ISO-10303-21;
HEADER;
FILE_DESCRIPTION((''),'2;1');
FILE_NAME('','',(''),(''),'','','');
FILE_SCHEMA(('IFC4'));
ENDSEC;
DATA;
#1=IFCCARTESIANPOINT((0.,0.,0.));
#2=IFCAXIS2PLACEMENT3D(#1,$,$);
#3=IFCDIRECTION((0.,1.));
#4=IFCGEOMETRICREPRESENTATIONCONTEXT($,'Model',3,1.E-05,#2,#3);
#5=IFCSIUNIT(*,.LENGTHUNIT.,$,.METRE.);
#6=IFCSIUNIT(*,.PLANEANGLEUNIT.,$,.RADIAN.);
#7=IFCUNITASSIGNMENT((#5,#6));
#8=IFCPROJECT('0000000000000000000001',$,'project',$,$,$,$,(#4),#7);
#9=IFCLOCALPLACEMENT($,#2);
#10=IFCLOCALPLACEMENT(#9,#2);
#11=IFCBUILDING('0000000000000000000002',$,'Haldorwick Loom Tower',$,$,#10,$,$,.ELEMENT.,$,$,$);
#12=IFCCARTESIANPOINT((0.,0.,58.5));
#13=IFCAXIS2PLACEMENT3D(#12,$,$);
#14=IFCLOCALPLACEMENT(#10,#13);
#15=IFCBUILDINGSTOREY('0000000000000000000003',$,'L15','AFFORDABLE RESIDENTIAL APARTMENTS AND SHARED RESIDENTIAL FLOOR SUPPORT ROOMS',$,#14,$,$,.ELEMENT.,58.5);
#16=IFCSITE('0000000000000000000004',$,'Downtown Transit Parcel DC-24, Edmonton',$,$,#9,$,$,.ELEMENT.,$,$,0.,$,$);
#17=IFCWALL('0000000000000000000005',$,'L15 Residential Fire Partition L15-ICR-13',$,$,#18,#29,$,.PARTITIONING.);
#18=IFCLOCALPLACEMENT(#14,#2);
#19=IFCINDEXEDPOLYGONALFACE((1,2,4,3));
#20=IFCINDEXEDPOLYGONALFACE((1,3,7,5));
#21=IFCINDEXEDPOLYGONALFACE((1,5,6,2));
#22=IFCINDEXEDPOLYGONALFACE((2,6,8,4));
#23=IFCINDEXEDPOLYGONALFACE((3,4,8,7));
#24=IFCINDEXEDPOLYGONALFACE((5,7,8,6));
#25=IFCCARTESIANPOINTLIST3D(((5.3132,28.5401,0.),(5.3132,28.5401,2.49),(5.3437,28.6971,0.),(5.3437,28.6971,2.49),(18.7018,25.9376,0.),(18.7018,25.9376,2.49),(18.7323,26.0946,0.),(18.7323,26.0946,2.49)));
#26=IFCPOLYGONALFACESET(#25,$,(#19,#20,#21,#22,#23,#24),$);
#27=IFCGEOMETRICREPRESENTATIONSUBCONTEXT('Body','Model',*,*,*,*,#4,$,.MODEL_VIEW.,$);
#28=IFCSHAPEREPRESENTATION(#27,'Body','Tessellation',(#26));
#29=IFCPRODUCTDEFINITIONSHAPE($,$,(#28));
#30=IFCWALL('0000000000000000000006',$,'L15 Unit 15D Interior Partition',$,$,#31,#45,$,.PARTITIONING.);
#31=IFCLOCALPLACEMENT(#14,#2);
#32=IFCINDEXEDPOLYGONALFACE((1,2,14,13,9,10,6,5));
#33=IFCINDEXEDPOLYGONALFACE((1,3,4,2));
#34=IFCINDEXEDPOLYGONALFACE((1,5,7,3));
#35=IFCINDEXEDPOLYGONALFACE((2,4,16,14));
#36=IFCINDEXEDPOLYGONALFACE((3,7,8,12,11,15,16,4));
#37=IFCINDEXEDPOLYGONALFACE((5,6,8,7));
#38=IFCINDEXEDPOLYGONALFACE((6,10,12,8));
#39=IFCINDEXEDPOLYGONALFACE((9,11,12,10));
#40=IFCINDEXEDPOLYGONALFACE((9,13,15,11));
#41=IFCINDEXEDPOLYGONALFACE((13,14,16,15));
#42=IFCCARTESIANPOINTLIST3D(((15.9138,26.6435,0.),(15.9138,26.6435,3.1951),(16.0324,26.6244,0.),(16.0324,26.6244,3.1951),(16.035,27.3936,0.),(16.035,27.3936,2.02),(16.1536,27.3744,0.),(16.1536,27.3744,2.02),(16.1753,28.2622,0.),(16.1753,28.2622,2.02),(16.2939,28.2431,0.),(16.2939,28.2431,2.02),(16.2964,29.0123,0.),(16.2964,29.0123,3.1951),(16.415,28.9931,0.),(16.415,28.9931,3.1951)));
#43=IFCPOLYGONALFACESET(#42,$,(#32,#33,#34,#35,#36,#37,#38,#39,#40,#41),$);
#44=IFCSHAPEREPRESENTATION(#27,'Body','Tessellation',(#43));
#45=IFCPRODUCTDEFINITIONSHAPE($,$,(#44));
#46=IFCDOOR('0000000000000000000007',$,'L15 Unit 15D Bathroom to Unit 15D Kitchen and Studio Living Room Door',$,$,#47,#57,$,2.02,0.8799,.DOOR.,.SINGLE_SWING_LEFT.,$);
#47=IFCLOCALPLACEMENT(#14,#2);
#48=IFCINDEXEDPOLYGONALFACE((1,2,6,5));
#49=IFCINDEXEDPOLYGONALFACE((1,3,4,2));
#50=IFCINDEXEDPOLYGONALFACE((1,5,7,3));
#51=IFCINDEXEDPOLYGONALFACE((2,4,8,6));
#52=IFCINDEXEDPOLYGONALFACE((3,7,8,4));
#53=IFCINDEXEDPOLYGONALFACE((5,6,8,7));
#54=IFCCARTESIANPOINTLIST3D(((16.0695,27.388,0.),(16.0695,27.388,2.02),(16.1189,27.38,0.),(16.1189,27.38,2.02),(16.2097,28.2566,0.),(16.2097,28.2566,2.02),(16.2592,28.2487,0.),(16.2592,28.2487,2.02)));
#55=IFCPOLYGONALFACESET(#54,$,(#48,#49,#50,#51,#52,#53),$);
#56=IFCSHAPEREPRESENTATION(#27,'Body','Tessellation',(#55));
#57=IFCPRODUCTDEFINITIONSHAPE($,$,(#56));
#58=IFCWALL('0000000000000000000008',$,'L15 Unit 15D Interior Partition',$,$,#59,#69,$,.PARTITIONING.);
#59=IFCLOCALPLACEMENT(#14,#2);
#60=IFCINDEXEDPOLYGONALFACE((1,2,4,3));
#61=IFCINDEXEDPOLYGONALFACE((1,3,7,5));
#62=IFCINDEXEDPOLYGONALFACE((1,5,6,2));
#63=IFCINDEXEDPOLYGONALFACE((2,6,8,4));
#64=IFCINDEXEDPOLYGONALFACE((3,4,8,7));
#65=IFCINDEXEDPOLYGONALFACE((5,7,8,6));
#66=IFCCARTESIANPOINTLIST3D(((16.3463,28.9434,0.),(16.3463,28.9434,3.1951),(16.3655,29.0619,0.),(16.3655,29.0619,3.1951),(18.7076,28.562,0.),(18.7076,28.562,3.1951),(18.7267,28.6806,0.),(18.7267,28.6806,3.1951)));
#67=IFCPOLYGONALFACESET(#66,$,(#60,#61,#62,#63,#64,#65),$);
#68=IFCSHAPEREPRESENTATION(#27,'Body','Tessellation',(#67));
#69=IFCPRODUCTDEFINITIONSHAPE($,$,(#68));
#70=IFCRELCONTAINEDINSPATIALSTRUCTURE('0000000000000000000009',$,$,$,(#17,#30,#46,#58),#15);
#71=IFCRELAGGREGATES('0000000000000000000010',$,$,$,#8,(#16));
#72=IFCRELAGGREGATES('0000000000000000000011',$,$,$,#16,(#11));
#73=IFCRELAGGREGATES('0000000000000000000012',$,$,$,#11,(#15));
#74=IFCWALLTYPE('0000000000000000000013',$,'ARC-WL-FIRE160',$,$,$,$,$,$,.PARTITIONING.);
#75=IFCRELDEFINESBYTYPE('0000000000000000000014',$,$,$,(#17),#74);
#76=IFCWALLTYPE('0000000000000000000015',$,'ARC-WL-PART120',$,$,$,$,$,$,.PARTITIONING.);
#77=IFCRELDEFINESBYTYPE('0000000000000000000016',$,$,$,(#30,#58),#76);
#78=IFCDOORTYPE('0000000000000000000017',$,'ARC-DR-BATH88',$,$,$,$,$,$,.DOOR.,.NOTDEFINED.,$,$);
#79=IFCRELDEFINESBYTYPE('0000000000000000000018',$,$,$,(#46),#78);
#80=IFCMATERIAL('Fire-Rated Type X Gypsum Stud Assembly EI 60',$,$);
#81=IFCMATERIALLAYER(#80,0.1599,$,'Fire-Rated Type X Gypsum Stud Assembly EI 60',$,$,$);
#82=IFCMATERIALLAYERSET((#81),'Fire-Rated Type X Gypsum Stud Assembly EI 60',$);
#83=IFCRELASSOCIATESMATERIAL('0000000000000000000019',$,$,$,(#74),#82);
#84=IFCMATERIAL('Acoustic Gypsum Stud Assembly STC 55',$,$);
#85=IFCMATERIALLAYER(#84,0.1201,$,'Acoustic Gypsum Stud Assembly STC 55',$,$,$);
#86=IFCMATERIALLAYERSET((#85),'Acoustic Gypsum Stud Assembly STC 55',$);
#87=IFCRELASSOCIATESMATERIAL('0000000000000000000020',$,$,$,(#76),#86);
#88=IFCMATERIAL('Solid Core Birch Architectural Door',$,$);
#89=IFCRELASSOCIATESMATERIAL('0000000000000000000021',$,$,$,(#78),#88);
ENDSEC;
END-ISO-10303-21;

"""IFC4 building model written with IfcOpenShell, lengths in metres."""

from ifc_helpers import new_model, si_unit, direction, frame, frame_2d, origin, place, context, subcontext, project, spatial, rectangle, extrude, material, layer, layer_set, type_object, element, fill, save


model = new_model("IFC4")

# Units and contexts
model_context = context("Model", 3, precision=1e-05, world=origin(), true_north=direction((0.0, 1.0)))
body_context = subcontext(model_context, "Body", "Model", "MODEL_VIEW")
ifc_project = project(units=[si_unit("LENGTHUNIT", "METRE"), si_unit("PLANEANGLEUNIT", "RADIAN")], contexts=[model_context])

# Site, building, storey
site_placement = place(None, origin())
site = spatial("IfcSite", under=ifc_project, at=site_placement, Name="Downtown Transit Parcel DC-24, Edmonton", CompositionType="ELEMENT", RefElevation=0.0)
building_placement = place(site_placement, origin())
building = spatial("IfcBuilding", under=site, at=building_placement, Name="Haldorwick Loom Tower", CompositionType="ELEMENT")
storey_placement = place(building_placement, frame((0.0, 0.0, 58.5)))
storey = spatial("IfcBuildingStorey", under=building, at=storey_placement, Name="L15", Description="AFFORDABLE RESIDENTIAL APARTMENTS AND SHARED RESIDENTIAL FLOOR SUPPORT ROOMS", CompositionType="ELEMENT", Elevation=58.5)

# Shared definitions
ifc_material_1 = material(Name="Fire-Rated Type X Gypsum Stud Assembly EI 60")
ifc_layer_1 = layer(ifc_material_1, 0.1599, Name="Fire-Rated Type X Gypsum Stud Assembly EI 60")
ifc_layer_set_1 = layer_set([ifc_layer_1], Name="Fire-Rated Type X Gypsum Stud Assembly EI 60")
wall_type_1 = type_object("IfcWallType", Name="ARC-WL-FIRE160", PredefinedType="PARTITIONING", material=ifc_layer_set_1)
ifc_material_2 = material(Name="Solid Core Birch Architectural Door")

# Wall
wall_1_placement = place(storey_placement, frame((18.717, 26.0161, 0.0), z_axis=(0.0, 0.0, 1.0), x_axis=(-0.981627, 0.190812, 0.0)))
element("IfcWall", 1, at=wall_1_placement, inside=storey, type_object=wall_type_1, Name="L15 Residential Fire Partition L15-ICR-13", PredefinedType="PARTITIONING", context=body_context, shape_type="SweptSolid", body=[
    extrude(rectangle(XDim=13.6392, YDim=0.1599, at=frame_2d((6.8196, 0.0))), origin(), (0.0, 0.0, 1.0), 2.49),
])

# Wall, opening, door
ifc_material_3 = material(Name="Acoustic Gypsum Stud Assembly STC 55")
ifc_layer_2 = layer(ifc_material_3, 0.1201, Name="Acoustic Gypsum Stud Assembly STC 55")
ifc_layer_set_2 = layer_set([ifc_layer_2], Name="Acoustic Gypsum Stud Assembly STC 55")
wall_type_2 = type_object("IfcWallType", Name="ARC-WL-PART120", PredefinedType="PARTITIONING", material=ifc_layer_set_2)
wall_2_placement = place(storey_placement, frame((16.3557, 29.0027, 0.0), z_axis=(0.0, 0.0, 1.0), x_axis=(-0.159447, -0.987207, 0.0)))
wall_2 = element("IfcWall", 2, at=wall_2_placement, inside=storey, type_object=wall_type_2, Name="L15 Unit 15D Interior Partition", PredefinedType="PARTITIONING", context=body_context, shape_type="SweptSolid", body=[
    extrude(rectangle(XDim=2.3994, YDim=0.1201, at=frame_2d((1.1997, 0.0))), origin(), (0.0, 0.0, 1.0), 3.1951),
])
opening_1_placement = place(wall_2_placement, frame((0.7598, 0.0, 0.0)))
opening_1 = element("IfcOpeningElement", 3, at=opening_1_placement, cuts=wall_2, PredefinedType="OPENING", context=body_context, shape_type="SweptSolid", body=[
    extrude(rectangle(XDim=0.8799, YDim=2.02, at=frame_2d((0.4399, 1.01))), frame((0.0, 0.0701, 0.0), z_axis=(0.0, -1.0, 0.0), x_axis=(1.0, 0.0, 0.0)), (0.0, 0.0, 1.0), 0.1401),
])
door_type_1 = type_object("IfcDoorType", Name="ARC-DR-BATH88", OperationType="NOTDEFINED", PredefinedType="DOOR", material=ifc_material_2)
door_1_placement = place(opening_1_placement, origin())
door_1 = element("IfcDoor", 4, at=door_1_placement, inside=storey, type_object=door_type_1, Name="L15 Unit 15D Bathroom to Unit 15D Kitchen and Studio Living Room Door", OperationType="SINGLE_SWING_LEFT", OverallHeight=2.02, OverallWidth=0.8799, PredefinedType="DOOR", context=body_context, shape_type="SweptSolid", body=[
    extrude(rectangle(XDim=0.8799, YDim=2.02, at=frame_2d((0.4399, 1.01))), frame((0.0, 0.0249, 0.0), z_axis=(0.0, -1.0, 0.0), x_axis=(1.0, 0.0, 0.0)), (0.0, 0.0, 1.0), 0.05),
])
fill(opening_1, door_1)

# Wall
wall_3_placement = place(storey_placement, frame((18.717, 28.6213, 0.0), z_axis=(0.0, 0.0, 1.0), x_axis=(-0.987209, 0.159431, 0.0)))
element("IfcWall", 5, at=wall_3_placement, inside=storey, type_object=wall_type_2, Name="L15 Unit 15D Interior Partition", PredefinedType="PARTITIONING", context=body_context, shape_type="SweptSolid", body=[
    extrude(rectangle(XDim=2.3918, YDim=0.1201, at=frame_2d((1.1958, 0.0))), origin(), (0.0, 0.0, 1.0), 3.1951),
])

save(model, "model.ifc")
